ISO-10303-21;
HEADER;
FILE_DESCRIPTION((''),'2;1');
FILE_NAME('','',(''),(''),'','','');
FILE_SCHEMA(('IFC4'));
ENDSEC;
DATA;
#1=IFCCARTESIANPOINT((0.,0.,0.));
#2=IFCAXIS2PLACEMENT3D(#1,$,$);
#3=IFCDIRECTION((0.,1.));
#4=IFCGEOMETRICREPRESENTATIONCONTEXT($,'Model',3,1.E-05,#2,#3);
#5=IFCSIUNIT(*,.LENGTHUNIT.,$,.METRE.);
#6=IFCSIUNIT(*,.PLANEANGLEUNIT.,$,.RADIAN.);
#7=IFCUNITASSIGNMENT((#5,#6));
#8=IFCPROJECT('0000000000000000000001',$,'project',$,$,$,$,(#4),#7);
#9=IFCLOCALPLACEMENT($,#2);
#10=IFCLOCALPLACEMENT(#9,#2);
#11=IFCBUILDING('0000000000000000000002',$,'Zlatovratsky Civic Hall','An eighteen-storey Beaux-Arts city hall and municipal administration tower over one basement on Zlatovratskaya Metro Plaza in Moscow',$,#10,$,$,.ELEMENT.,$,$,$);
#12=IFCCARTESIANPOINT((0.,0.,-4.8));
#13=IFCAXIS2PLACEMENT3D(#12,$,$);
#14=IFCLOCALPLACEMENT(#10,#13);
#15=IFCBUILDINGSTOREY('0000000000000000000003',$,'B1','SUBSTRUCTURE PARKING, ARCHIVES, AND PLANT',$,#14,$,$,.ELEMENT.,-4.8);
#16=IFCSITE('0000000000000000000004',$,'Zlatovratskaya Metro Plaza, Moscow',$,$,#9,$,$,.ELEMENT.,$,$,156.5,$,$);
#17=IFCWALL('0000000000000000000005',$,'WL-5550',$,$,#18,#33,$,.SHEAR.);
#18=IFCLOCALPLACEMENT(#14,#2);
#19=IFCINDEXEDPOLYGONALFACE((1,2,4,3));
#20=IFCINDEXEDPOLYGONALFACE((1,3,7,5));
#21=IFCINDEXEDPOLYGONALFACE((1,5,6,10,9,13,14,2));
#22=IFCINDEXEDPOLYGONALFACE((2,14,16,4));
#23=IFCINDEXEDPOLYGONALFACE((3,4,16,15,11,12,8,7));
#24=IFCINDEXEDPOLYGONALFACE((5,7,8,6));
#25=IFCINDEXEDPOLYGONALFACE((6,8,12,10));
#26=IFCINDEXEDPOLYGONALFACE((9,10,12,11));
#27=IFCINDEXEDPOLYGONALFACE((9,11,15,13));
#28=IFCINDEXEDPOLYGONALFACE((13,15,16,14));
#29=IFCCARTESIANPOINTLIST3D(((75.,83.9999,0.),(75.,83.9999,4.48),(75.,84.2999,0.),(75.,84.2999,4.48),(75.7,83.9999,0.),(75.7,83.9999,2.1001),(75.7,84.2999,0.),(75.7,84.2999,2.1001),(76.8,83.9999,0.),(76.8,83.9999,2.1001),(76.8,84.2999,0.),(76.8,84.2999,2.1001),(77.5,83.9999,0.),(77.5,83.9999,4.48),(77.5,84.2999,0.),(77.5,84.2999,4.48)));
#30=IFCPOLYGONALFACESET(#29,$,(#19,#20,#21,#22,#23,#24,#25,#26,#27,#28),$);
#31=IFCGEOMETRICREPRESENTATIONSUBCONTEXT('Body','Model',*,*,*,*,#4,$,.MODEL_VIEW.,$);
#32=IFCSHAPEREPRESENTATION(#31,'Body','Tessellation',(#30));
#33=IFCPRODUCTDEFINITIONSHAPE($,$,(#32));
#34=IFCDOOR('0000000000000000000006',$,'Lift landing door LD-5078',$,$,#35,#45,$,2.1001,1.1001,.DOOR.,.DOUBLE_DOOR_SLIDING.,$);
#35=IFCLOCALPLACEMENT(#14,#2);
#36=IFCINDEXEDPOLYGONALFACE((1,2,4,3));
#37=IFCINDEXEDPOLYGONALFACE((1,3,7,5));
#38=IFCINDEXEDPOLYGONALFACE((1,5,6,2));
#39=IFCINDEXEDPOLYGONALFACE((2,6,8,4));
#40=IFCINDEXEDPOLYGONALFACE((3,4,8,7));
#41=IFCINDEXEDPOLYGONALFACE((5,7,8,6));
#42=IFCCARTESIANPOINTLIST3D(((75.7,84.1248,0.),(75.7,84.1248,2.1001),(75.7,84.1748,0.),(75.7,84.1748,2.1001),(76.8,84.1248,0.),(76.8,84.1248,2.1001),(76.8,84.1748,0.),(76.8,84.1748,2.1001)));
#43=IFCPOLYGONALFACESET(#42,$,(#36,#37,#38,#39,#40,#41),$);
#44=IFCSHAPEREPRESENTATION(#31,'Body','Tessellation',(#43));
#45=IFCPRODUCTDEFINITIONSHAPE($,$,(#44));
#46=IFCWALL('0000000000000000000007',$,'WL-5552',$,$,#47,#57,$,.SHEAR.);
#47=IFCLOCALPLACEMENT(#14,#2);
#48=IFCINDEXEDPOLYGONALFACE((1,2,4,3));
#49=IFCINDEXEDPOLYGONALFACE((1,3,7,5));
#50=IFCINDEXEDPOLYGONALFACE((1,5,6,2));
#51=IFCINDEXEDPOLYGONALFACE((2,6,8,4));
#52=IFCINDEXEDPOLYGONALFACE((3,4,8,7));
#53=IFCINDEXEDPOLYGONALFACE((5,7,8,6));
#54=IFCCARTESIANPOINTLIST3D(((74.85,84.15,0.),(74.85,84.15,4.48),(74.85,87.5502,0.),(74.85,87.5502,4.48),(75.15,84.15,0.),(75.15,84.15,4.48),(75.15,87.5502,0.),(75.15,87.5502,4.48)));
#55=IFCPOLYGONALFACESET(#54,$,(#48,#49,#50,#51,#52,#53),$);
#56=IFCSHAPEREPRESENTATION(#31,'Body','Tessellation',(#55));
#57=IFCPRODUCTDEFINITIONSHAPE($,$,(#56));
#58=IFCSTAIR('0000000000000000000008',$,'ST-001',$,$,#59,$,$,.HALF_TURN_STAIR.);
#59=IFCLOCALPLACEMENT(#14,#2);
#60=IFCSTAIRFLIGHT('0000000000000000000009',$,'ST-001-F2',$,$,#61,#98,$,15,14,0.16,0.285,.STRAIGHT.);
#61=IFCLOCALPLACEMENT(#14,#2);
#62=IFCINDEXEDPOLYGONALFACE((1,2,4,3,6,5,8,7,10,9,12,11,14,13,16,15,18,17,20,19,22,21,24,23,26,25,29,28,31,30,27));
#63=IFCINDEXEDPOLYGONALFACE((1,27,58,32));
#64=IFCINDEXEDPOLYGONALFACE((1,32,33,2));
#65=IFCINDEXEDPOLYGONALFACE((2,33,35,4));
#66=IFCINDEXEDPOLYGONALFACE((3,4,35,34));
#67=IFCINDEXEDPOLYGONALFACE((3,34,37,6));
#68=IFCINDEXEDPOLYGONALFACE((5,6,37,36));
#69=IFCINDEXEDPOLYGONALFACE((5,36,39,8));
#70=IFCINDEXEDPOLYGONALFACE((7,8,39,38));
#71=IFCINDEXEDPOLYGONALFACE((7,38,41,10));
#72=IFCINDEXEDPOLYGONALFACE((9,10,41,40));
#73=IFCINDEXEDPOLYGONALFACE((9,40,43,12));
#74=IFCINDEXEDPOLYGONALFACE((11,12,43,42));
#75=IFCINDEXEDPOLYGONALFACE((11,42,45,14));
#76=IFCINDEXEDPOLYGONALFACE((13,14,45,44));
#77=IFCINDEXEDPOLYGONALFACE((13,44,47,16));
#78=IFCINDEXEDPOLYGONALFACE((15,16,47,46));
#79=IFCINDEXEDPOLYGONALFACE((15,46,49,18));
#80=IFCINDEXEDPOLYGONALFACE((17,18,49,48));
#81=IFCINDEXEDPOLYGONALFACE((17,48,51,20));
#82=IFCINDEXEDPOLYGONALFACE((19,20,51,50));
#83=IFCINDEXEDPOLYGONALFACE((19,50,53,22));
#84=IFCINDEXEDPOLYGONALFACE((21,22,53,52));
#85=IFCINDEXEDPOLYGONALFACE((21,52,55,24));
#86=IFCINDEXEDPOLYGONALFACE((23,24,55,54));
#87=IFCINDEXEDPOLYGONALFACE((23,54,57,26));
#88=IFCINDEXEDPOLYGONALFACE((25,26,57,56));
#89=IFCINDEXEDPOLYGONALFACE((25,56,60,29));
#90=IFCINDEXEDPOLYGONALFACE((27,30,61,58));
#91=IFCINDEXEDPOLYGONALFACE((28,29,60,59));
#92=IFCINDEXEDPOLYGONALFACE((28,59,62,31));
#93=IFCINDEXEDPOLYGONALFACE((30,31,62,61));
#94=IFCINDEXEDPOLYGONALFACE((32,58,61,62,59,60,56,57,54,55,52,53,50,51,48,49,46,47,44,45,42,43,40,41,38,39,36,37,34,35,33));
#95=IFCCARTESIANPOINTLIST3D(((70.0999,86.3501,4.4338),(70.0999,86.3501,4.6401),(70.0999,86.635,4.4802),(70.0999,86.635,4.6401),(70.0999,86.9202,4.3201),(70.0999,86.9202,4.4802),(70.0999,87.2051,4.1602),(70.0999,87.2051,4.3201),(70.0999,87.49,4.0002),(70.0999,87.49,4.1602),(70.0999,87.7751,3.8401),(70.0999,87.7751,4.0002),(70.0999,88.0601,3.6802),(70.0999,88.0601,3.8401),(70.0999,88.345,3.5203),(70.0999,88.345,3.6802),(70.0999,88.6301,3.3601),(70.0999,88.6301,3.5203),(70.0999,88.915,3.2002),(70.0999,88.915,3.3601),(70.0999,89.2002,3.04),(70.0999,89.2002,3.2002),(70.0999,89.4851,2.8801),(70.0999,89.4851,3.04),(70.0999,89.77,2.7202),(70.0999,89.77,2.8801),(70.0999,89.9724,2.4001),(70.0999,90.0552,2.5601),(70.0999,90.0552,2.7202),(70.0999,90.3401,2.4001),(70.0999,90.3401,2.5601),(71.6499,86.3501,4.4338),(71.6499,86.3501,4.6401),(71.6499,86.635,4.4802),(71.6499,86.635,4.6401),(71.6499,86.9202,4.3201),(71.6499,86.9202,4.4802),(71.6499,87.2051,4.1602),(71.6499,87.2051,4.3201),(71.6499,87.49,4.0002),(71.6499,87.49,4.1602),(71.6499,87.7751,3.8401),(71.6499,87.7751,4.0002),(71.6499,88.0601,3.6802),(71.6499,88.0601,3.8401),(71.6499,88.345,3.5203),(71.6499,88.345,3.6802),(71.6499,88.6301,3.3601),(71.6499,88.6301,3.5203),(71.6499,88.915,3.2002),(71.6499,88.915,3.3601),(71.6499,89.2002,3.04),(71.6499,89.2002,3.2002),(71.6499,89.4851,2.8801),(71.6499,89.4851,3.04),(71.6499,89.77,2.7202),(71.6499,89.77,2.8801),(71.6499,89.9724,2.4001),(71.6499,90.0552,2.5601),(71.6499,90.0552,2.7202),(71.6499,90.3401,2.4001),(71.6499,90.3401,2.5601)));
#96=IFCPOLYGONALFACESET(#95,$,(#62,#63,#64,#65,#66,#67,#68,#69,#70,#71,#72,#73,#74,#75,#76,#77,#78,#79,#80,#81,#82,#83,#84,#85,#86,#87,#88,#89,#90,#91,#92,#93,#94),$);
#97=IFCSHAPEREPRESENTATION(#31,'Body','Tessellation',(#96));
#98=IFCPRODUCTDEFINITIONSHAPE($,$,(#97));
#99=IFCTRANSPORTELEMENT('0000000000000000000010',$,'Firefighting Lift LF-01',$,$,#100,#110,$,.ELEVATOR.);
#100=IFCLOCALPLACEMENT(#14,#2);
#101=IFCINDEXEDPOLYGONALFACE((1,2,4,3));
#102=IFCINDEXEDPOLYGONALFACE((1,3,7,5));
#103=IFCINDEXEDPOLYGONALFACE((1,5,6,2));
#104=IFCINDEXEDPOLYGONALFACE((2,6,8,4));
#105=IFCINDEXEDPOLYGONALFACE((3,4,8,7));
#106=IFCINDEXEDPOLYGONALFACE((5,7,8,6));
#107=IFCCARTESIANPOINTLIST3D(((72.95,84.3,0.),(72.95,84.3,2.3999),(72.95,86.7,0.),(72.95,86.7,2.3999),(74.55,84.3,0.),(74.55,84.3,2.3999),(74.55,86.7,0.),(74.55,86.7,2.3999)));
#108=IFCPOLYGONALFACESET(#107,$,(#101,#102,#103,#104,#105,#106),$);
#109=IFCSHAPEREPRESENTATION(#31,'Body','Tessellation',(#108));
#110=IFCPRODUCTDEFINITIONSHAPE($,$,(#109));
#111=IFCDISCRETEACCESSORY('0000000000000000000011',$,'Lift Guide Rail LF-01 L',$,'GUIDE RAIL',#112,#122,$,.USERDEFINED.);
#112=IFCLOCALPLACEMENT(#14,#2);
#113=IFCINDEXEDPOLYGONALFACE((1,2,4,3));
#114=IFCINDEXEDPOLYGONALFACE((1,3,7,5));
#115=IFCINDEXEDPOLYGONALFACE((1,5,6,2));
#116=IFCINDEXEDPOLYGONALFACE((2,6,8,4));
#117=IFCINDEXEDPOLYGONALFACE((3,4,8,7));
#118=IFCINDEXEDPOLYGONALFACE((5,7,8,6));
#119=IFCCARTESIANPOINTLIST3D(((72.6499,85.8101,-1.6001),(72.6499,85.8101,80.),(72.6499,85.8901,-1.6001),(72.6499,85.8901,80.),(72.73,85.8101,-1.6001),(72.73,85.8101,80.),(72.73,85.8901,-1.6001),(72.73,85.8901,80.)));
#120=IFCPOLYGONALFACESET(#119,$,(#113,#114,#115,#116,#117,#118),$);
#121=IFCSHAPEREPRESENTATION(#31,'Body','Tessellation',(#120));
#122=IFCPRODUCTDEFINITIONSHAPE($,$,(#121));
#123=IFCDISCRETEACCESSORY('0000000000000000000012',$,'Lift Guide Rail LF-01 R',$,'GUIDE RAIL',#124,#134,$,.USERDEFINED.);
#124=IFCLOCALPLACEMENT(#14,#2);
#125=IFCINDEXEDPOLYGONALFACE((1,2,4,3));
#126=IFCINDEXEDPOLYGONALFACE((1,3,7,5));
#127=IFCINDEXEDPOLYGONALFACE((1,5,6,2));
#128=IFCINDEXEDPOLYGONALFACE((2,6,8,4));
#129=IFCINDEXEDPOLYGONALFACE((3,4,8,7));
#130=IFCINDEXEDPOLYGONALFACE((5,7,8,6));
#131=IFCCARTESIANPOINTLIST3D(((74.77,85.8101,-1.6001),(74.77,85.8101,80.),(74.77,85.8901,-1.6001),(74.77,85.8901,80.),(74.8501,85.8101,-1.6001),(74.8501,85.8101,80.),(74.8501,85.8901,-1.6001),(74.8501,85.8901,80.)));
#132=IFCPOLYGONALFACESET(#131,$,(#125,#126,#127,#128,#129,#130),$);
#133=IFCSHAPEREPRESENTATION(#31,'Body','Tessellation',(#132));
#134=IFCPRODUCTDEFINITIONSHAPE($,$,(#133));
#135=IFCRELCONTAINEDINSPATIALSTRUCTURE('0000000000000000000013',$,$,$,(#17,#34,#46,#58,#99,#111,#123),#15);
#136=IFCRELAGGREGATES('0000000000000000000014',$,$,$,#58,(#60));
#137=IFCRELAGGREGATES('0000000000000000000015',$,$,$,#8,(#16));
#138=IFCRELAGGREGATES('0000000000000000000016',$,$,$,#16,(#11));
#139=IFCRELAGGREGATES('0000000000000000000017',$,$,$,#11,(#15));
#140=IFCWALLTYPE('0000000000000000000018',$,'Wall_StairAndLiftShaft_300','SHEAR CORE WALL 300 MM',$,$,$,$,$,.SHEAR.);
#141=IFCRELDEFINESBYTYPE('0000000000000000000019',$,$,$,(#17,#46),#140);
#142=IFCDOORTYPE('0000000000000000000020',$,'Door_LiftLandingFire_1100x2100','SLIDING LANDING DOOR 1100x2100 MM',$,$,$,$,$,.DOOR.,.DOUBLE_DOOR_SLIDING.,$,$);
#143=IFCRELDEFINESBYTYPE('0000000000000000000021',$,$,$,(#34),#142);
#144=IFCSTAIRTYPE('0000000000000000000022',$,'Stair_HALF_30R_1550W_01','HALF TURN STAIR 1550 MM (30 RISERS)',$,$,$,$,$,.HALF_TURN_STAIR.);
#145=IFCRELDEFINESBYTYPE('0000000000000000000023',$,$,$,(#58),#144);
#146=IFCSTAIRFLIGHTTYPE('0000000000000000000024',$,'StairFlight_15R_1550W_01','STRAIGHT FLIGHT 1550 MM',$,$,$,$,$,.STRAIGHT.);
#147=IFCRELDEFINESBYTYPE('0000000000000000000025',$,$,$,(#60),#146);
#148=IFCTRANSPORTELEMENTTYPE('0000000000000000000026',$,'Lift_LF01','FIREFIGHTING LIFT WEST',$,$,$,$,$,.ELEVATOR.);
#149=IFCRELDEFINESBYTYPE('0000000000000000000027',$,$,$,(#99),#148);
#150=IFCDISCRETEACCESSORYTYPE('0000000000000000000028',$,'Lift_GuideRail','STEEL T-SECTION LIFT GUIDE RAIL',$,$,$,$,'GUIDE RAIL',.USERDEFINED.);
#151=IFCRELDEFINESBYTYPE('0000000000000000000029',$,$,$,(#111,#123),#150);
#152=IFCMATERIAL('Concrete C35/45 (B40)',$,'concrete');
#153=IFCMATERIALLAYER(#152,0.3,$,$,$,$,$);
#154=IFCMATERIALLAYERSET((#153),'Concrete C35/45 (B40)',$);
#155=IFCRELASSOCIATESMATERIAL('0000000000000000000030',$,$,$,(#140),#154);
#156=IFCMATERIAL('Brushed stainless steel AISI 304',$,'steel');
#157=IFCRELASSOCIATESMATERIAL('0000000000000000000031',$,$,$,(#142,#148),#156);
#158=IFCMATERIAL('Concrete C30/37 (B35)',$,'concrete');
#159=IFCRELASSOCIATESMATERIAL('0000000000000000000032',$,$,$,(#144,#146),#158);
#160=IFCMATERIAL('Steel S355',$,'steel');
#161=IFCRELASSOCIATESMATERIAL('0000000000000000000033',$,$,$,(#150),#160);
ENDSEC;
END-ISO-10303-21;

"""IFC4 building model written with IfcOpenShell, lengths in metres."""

from ifc_helpers import new_model, si_unit, direction, frame, frame_2d, origin, origin_2d, place, context, subcontext, project, spatial, polyline, rectangle, outline, extrude, material, layer, layer_set, type_object, element, fill, aggregate, save


model = new_model("IFC4")

# Units and contexts
model_context = context("Model", 3, precision=1e-05, world=origin(), true_north=direction((0.0, 1.0)))
body_context = subcontext(model_context, "Body", "Model", "MODEL_VIEW")
ifc_project = project(units=[si_unit("LENGTHUNIT", "METRE"), si_unit("PLANEANGLEUNIT", "RADIAN")], contexts=[model_context])

# Site, building, storey
site_placement = place(None, origin())
site = spatial("IfcSite", under=ifc_project, at=site_placement, Name="Zlatovratskaya Metro Plaza, Moscow", CompositionType="ELEMENT", RefElevation=156.5)
building_placement = place(site_placement, origin())
building = spatial("IfcBuilding", under=site, at=building_placement, Name="Zlatovratsky Civic Hall", Description="An eighteen-storey Beaux-Arts city hall and municipal administration tower over one basement on Zlatovratskaya Metro Plaza in Moscow", CompositionType="ELEMENT")
storey_placement = place(building_placement, frame((0.0, 0.0, -4.8)))
storey = spatial("IfcBuildingStorey", under=building, at=storey_placement, Name="B1", Description="SUBSTRUCTURE PARKING, ARCHIVES, AND PLANT", CompositionType="ELEMENT", Elevation=-4.8)

# Shared definitions
ifc_material_1 = material(Name="Concrete C35/45 (B40)", Category="concrete")

# Shared definitions
ifc_material_2 = material(Name="Steel S355", Category="steel")

# Shared definitions
ifc_layer = layer(ifc_material_1, 0.3)
ifc_layer_set = layer_set([ifc_layer], Name="Concrete C35/45 (B40)")
wall_type = type_object("IfcWallType", Name="Wall_StairAndLiftShaft_300", Description="SHEAR CORE WALL 300 MM", PredefinedType="SHEAR", material=ifc_layer_set)

# Shared definitions
ifc_material_3 = material(Name="Brushed stainless steel AISI 304", Category="steel")
door_type = type_object("IfcDoorType", Name="Door_LiftLandingFire_1100x2100", Description="SLIDING LANDING DOOR 1100x2100 MM", OperationType="DOUBLE_DOOR_SLIDING", PredefinedType="DOOR", material=ifc_material_3)

# Wall, opening, door
wall_1_placement = place(storey_placement, frame((75.0, 84.1499, 0.0), z_axis=(0.0, 0.0, 1.0), x_axis=(1.0, 0.0, 0.0)))
wall_1 = element("IfcWall", 1, at=wall_1_placement, inside=storey, type_object=wall_type, Name="WL-5550", PredefinedType="SHEAR", context=body_context, shape_type="SweptSolid", body=[
    extrude(rectangle(XDim=2.5, YDim=0.3, at=frame_2d((1.25, 0.0))), origin(), (0.0, 0.0, 1.0), 4.48),
])
opening_1_placement = place(wall_1_placement, frame((0.7, 0.0, 0.0)))
opening_1 = element("IfcOpeningElement", 2, at=opening_1_placement, cuts=wall_1, PredefinedType="OPENING", context=body_context, shape_type="SweptSolid", body=[
    extrude(rectangle(XDim=1.1001, YDim=2.1001, at=frame_2d((0.55, 1.05))), frame((0.0, 0.165, 0.0), z_axis=(0.0, -1.0, 0.0), x_axis=(1.0, 0.0, 0.0)), (0.0, 0.0, 1.0), 0.3298),
])
door_1_placement = place(opening_1_placement, origin())
door_1 = element("IfcDoor", 3, at=door_1_placement, inside=storey, type_object=door_type, Name="Lift landing door LD-5078", OperationType="DOUBLE_DOOR_SLIDING", OverallHeight=2.1001, OverallWidth=1.1001, PredefinedType="DOOR", context=body_context, shape_type="SweptSolid", body=[
    extrude(rectangle(XDim=1.1001, YDim=2.1001, at=frame_2d((0.55, 1.05))), frame((0.0, 0.0249, 0.0), z_axis=(0.0, -1.0, 0.0), x_axis=(1.0, 0.0, 0.0)), (0.0, 0.0, 1.0), 0.05),
])
fill(opening_1, door_1)

# Wall
wall_2_placement = place(storey_placement, frame((75.0, 84.1499, 0.0), z_axis=(0.0, 0.0, 1.0), x_axis=(0.0, 1.0, 0.0)))
element("IfcWall", 4, at=wall_2_placement, inside=storey, type_object=wall_type, Name="WL-5552", PredefinedType="SHEAR", context=body_context, shape_type="SweptSolid", body=[
    extrude(rectangle(XDim=3.4001, YDim=0.3, at=frame_2d((1.7002, 0.0))), origin(), (0.0, 0.0, 1.0), 4.48),
])

# Stair, stair flight
ifc_material_4 = material(Name="Concrete C30/37 (B35)", Category="concrete")
stair_type = type_object("IfcStairType", Name="Stair_HALF_30R_1550W_01", Description="HALF TURN STAIR 1550 MM (30 RISERS)", PredefinedType="HALF_TURN_STAIR", material=ifc_material_4)
stair_placement = place(storey_placement, origin())
stair = element("IfcStair", 5, at=stair_placement, inside=storey, type_object=stair_type, Name="ST-001", PredefinedType="HALF_TURN_STAIR")
stair_flight_type = type_object("IfcStairFlightType", Name="StairFlight_15R_1550W_01", Description="STRAIGHT FLIGHT 1550 MM", PredefinedType="STRAIGHT", material=ifc_material_4)
stair_flight_placement = place(storey_placement, frame((70.875, 90.3401, 2.4001), z_axis=(0.0, 0.0, 1.0), x_axis=(0.0, -1.0, 0.0)))
stair_flight = element("IfcStairFlight", 6, at=stair_flight_placement, type_object=stair_flight_type, Name="ST-001-F2", NumberOfRisers=15, NumberOfTreads=14, PredefinedType="STRAIGHT", RiserHeight=0.16, TreadLength=0.285, context=body_context, shape_type="SweptSolid", body=[
    extrude(outline(polyline([(0.0, 0.0), (0.0, 0.1599), (0.2849, 0.1599), (0.2849, 0.3201), (0.5701, 0.3201), (0.5701, 0.48), (0.855, 0.48), (0.855, 0.6399), (1.1399, 0.6399), (1.1399, 0.8), (1.425, 0.8), (1.425, 0.96), (1.71, 0.96), (1.71, 1.1201), (1.9951, 1.1201), (1.9951, 1.28), (2.28, 1.28), (2.28, 1.4399), (2.5649, 1.4399), (2.5649, 1.6001), (2.8501, 1.6001), (2.8501, 1.76), (3.135, 1.76), (3.135, 1.9199), (3.4199, 1.9199), (3.4199, 2.0801), (3.7051, 2.0801), (3.7051, 2.24), (3.99, 2.24), (3.99, 2.3999), (3.99, 2.0337), (0.3677, 0.0), (0.0, 0.0)])), frame((0.0, 0.7749, 0.0), z_axis=(0.0, -1.0, 0.0), x_axis=(1.0, 0.0, 0.0)), (0.0, 0.0, 1.0), 1.55),
])
aggregate(stair, [stair_flight])

# Transport element
transport_element_type = type_object("IfcTransportElementType", Name="Lift_LF01", Description="FIREFIGHTING LIFT WEST", PredefinedType="ELEVATOR", material=ifc_material_3)
transport_element_placement = place(storey_placement, frame((73.75, 85.5, 0.0), z_axis=(0.0, 0.0, 1.0), x_axis=(1.0, 0.0, 0.0)))
element("IfcTransportElement", 7, at=transport_element_placement, inside=storey, type_object=transport_element_type, Name="Firefighting Lift LF-01", PredefinedType="ELEVATOR", context=body_context, shape_type="SweptSolid", body=[
    extrude(rectangle(XDim=1.6001, YDim=2.3999, at=origin_2d()), origin(), (0.0, 0.0, 1.0), 2.3999),
])

# Discrete accessories
discrete_accessory_type = type_object("IfcDiscreteAccessoryType", Name="Lift_GuideRail", Description="STEEL T-SECTION LIFT GUIDE RAIL", ElementType="GUIDE RAIL", PredefinedType="USERDEFINED", material=ifc_material_2)
for number, where, z_axis, x_axis, name in (
    (8, (72.6899, 85.8501, -1.6001), (0.0, 0.0, 1.0), (1.0, 0.0, 0.0), "Lift Guide Rail LF-01 L"),
    (9, (74.8101, 85.8501, -1.6001), (0.0, 0.0, 1.0), (1.0, 0.0, 0.0), "Lift Guide Rail LF-01 R"),
):
    element("IfcDiscreteAccessory", number, at=place(storey_placement, frame(where, z_axis=z_axis, x_axis=x_axis)), inside=storey, type_object=discrete_accessory_type, Name=name, ObjectType="GUIDE RAIL", PredefinedType="USERDEFINED", context=body_context, shape_type="SweptSolid", body=[
        extrude(rectangle(XDim=0.0801, YDim=0.0801, at=origin_2d()), origin(), (0.0, 0.0, 1.0), 81.6001),
    ])

save(model, "model.ifc")
